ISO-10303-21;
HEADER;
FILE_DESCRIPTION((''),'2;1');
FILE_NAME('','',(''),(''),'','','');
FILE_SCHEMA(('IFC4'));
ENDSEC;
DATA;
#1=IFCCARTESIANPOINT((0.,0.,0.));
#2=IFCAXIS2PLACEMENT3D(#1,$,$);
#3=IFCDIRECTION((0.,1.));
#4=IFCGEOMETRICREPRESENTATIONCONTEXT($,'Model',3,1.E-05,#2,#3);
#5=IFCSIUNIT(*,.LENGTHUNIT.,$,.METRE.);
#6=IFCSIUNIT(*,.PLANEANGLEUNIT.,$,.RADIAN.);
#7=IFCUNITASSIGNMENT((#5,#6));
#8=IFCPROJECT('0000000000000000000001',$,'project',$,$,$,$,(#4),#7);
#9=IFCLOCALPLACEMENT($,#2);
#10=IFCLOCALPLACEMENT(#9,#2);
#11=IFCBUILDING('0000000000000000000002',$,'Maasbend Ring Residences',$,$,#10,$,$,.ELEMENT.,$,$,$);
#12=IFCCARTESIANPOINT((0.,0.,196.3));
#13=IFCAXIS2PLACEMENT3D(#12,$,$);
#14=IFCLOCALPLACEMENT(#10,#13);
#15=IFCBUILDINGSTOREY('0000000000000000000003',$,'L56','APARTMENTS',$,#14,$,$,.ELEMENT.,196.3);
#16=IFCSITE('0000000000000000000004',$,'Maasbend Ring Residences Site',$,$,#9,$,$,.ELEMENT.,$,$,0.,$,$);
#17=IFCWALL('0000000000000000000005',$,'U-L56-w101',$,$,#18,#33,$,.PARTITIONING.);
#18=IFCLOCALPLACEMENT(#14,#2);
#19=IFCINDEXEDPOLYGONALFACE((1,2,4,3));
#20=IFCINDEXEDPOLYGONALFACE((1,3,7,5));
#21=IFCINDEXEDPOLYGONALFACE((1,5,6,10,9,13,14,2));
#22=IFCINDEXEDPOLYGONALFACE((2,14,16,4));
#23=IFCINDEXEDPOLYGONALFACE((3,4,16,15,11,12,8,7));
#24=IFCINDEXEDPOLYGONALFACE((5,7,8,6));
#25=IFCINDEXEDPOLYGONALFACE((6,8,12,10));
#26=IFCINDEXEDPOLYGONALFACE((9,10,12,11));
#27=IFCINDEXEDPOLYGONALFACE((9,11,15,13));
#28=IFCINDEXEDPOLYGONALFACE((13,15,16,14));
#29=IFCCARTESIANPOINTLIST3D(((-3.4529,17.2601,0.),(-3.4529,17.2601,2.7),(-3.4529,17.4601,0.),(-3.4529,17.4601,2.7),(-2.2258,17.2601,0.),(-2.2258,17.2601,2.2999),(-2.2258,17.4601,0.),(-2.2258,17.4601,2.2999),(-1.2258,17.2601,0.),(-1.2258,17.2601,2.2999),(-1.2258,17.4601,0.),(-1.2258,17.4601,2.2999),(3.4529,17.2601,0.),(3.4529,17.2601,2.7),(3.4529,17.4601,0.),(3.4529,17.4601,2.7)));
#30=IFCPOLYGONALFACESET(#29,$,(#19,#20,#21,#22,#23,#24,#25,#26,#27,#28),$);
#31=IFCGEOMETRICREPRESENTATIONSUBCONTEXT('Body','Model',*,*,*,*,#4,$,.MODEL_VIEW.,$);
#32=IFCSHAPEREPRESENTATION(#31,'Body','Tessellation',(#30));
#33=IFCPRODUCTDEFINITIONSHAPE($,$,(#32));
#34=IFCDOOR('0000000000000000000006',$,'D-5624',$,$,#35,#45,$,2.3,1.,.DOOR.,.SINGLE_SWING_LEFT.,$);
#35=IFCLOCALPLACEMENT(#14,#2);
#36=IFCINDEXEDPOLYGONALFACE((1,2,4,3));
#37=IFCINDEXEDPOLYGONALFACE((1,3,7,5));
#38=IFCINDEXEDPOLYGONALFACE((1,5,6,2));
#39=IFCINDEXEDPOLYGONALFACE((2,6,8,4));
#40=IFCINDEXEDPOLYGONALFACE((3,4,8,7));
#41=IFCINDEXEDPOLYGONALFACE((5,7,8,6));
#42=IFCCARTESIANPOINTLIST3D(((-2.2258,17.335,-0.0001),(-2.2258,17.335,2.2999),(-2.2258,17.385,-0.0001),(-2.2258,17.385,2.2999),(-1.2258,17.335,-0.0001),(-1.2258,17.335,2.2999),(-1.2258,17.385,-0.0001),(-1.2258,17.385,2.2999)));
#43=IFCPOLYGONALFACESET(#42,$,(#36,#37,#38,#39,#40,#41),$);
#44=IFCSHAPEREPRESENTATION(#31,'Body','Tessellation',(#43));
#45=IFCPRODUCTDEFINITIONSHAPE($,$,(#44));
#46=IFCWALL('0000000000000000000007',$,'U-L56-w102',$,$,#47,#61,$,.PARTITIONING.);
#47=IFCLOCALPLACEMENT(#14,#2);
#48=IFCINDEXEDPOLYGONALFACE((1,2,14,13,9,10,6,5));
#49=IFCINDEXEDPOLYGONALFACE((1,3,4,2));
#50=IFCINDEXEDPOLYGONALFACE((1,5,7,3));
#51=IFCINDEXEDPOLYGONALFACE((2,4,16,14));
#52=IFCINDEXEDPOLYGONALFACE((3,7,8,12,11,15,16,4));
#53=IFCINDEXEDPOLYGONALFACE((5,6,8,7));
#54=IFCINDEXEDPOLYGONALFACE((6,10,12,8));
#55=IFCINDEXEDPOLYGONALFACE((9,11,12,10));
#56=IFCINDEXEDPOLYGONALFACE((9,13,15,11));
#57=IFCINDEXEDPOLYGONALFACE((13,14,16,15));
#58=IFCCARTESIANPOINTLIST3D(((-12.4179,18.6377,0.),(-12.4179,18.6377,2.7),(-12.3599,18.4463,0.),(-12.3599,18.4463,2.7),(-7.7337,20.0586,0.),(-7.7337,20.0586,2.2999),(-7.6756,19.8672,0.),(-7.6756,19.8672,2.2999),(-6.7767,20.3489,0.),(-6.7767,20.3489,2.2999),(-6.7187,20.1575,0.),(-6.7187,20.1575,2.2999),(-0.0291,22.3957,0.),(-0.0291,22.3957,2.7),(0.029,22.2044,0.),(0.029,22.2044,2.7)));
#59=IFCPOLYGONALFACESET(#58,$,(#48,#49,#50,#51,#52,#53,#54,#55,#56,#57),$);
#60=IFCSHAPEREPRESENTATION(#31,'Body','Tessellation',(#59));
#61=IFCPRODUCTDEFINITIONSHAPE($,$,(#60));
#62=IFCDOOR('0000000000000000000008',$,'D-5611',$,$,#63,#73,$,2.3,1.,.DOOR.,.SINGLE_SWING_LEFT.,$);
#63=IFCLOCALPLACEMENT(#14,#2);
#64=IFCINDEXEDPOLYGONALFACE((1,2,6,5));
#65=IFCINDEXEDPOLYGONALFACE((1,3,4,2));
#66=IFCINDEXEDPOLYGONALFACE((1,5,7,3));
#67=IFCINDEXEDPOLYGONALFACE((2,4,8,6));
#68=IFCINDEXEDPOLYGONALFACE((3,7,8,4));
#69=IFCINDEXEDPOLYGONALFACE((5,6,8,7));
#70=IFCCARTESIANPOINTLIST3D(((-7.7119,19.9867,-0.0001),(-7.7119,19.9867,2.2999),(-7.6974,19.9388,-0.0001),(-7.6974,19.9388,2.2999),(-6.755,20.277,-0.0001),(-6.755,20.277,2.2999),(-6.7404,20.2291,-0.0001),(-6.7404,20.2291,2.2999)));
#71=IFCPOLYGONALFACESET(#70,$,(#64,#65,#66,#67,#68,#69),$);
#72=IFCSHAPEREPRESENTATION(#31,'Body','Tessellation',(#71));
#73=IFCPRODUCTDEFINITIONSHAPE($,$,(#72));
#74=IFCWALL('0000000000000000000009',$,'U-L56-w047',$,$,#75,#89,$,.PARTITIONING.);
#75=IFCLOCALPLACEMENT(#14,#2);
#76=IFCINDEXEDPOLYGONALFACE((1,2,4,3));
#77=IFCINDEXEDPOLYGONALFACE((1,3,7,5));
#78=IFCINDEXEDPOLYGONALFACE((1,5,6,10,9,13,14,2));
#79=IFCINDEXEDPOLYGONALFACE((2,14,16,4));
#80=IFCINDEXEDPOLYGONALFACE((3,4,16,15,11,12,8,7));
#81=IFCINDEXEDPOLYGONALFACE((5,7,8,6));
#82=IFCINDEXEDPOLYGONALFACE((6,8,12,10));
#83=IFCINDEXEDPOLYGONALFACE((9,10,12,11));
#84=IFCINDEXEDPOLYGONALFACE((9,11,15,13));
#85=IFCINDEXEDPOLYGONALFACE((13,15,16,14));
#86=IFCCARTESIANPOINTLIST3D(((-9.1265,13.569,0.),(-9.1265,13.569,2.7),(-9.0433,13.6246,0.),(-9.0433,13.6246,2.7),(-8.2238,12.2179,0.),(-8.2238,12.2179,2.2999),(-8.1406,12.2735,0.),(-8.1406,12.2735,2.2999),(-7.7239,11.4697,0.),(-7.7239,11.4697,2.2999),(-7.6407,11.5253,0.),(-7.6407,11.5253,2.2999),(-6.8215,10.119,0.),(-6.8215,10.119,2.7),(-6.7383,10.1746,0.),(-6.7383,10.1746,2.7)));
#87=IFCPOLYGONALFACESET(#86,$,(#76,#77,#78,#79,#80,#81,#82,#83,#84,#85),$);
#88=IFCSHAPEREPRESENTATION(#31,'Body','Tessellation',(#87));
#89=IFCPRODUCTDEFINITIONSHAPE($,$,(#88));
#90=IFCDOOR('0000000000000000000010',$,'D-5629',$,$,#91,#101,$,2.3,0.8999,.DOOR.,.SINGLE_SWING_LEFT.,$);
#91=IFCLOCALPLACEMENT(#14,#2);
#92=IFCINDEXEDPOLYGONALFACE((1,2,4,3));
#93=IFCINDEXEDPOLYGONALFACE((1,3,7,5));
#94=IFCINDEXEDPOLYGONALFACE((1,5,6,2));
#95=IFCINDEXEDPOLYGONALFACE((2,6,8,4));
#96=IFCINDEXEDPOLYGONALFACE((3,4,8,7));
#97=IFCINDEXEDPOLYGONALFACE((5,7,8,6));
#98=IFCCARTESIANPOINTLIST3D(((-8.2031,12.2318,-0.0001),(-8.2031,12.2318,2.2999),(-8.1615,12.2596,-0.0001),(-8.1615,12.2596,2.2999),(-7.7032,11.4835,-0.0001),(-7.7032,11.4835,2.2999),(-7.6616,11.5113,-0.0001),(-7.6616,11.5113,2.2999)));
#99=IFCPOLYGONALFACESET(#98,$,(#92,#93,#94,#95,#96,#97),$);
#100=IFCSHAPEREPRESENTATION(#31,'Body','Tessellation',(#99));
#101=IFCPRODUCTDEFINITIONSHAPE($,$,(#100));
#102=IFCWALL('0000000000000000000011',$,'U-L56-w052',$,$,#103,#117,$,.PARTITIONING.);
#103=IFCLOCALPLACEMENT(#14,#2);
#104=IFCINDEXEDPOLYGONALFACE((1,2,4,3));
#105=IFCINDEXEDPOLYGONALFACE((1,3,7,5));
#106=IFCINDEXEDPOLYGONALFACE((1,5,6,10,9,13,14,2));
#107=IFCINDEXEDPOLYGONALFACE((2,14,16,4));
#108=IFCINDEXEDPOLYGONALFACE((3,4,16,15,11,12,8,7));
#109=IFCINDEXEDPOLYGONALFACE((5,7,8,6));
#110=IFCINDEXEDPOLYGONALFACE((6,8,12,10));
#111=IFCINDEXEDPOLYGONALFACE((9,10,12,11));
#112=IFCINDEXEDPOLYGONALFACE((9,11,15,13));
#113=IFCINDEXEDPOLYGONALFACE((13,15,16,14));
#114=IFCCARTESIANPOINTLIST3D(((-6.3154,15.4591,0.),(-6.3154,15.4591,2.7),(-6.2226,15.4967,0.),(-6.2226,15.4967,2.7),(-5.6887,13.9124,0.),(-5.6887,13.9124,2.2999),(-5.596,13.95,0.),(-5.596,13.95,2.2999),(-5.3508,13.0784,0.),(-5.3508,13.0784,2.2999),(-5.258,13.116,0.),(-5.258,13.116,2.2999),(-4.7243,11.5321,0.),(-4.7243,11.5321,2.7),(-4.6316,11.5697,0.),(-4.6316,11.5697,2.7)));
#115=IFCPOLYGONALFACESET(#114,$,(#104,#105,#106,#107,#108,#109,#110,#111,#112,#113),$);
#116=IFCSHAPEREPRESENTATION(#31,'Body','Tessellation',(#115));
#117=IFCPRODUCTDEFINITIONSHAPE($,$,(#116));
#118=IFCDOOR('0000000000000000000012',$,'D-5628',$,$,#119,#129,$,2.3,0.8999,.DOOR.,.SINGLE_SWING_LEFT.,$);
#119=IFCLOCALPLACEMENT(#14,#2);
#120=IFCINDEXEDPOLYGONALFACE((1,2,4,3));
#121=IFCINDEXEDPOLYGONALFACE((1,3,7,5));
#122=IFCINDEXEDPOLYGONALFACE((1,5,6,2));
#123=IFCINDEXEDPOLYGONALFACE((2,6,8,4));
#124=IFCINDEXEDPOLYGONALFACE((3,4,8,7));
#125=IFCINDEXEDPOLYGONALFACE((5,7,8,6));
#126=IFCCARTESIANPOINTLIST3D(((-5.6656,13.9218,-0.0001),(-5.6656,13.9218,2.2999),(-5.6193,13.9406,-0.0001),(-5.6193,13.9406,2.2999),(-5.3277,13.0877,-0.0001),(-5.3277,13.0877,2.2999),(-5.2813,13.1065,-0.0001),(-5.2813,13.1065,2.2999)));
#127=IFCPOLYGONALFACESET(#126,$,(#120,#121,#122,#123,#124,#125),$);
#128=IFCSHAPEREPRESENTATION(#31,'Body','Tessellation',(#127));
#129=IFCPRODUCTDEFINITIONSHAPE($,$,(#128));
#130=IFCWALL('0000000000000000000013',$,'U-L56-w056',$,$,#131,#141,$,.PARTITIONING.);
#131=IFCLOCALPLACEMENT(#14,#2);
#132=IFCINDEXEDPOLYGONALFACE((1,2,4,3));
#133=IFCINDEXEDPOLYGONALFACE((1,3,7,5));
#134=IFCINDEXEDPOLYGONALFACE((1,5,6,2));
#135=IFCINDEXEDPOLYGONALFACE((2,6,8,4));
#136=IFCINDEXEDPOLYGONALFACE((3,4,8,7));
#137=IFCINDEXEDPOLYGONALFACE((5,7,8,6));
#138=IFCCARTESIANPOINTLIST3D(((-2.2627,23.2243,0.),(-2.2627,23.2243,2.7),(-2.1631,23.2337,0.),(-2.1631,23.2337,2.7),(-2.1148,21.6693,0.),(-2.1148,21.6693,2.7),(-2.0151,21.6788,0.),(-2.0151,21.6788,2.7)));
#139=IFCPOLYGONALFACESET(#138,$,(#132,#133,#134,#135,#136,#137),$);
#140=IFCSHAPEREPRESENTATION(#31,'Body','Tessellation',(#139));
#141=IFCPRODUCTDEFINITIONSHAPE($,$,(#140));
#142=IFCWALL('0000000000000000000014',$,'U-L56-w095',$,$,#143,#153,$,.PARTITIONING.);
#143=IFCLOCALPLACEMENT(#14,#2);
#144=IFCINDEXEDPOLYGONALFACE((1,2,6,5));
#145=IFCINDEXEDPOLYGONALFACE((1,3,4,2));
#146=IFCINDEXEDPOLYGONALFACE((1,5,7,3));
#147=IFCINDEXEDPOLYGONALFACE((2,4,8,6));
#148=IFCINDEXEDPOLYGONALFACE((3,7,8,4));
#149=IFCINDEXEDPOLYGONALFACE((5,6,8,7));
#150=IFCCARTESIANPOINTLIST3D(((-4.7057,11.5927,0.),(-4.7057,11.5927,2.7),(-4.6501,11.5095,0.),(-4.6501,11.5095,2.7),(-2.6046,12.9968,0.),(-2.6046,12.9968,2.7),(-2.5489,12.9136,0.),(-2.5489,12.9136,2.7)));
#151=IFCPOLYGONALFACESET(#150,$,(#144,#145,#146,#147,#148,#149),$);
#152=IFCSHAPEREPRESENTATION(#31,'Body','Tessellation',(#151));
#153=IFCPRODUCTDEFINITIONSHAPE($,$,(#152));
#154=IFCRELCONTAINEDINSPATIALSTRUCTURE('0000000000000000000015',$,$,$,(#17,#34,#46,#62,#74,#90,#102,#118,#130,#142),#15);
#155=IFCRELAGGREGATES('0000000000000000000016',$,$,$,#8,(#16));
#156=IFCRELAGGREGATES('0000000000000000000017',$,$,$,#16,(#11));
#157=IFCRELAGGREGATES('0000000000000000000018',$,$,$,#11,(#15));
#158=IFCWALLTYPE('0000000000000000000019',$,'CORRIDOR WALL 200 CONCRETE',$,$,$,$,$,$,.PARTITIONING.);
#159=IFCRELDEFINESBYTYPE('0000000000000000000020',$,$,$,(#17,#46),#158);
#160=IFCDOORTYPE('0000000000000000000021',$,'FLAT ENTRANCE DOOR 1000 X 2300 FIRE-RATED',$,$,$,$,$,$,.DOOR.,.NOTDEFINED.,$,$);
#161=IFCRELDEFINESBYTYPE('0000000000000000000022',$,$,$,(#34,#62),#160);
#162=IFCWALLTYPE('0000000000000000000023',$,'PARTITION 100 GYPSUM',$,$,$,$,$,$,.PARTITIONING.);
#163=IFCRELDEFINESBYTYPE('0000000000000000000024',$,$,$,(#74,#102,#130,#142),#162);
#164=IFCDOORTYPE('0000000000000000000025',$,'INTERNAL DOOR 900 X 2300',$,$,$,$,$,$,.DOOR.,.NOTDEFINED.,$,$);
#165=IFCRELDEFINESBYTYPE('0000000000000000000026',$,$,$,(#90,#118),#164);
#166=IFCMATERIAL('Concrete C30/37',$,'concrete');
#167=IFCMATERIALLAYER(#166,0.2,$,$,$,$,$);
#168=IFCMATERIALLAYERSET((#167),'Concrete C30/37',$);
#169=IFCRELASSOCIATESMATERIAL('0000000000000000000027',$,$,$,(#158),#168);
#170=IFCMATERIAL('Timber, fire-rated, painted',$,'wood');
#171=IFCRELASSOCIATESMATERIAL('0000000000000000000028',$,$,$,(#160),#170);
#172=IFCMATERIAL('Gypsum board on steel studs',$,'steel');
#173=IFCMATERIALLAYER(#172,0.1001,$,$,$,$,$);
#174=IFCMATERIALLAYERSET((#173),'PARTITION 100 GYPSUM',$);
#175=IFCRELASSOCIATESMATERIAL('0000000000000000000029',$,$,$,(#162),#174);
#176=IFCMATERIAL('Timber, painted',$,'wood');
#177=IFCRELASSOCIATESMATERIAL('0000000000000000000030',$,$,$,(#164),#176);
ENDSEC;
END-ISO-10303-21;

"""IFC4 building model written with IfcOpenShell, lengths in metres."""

from ifc_helpers import new_model, si_unit, direction, frame, frame_2d, origin, place, context, subcontext, project, spatial, rectangle, extrude, material, layer, layer_set, type_object, element, fill, save


model = new_model("IFC4")

# Units and contexts
model_context = context("Model", 3, precision=1e-05, world=origin(), true_north=direction((0.0, 1.0)))
body_context = subcontext(model_context, "Body", "Model", "MODEL_VIEW")
ifc_project = project(units=[si_unit("LENGTHUNIT", "METRE"), si_unit("PLANEANGLEUNIT", "RADIAN")], contexts=[model_context])

# Site, building, storey
site_placement = place(None, origin())
site = spatial("IfcSite", under=ifc_project, at=site_placement, Name="Maasbend Ring Residences Site", CompositionType="ELEMENT", RefElevation=0.0)
building_placement = place(site_placement, origin())
building = spatial("IfcBuilding", under=site, at=building_placement, Name="Maasbend Ring Residences", CompositionType="ELEMENT")
storey_placement = place(building_placement, frame((0.0, 0.0, 196.3)))
storey = spatial("IfcBuildingStorey", under=building, at=storey_placement, Name="L56", Description="APARTMENTS", CompositionType="ELEMENT", Elevation=196.3)

# Walls, openings, doors
ifc_material_1 = material(Name="Concrete C30/37", Category="concrete")
ifc_layer_1 = layer(ifc_material_1, 0.2)
ifc_layer_set_1 = layer_set([ifc_layer_1], Name="Concrete C30/37")
wall_type_1 = type_object("IfcWallType", Name="CORRIDOR WALL 200 CONCRETE", PredefinedType="PARTITIONING", material=ifc_layer_set_1)
wall_1_placement = place(storey_placement, frame((-3.4529, 17.3601, 0.0), z_axis=(0.0, 0.0, 1.0), x_axis=(1.0, 0.0, 0.0)))
wall_1 = element("IfcWall", 1, at=wall_1_placement, inside=storey, type_object=wall_type_1, Name="U-L56-w101", PredefinedType="PARTITIONING", context=body_context, shape_type="SweptSolid", body=[
    extrude(rectangle(XDim=6.9058, YDim=0.2, at=frame_2d((3.4529, 0.0))), origin(), (0.0, 0.0, 1.0), 2.7),
])
opening_1_placement = place(wall_1_placement, frame((1.2271, 0.0, 0.0)))
opening_1 = element("IfcOpeningElement", 2, at=opening_1_placement, cuts=wall_1, PredefinedType="OPENING", context=body_context, shape_type="SweptSolid", body=[
    extrude(rectangle(XDim=1.0, YDim=2.3, at=frame_2d((0.5, 1.1499))), frame((0.0, 0.1099, 0.0), z_axis=(0.0, -1.0, 0.0), x_axis=(1.0, 0.0, 0.0)), (0.0, 0.0, 1.0), 0.22),
])
ifc_material_2 = material(Name="Timber, fire-rated, painted", Category="wood")
door_type_1 = type_object("IfcDoorType", Name="FLAT ENTRANCE DOOR 1000 X 2300 FIRE-RATED", OperationType="NOTDEFINED", PredefinedType="DOOR", material=ifc_material_2)
door_1_placement = place(opening_1_placement, origin())
door_1 = element("IfcDoor", 3, at=door_1_placement, inside=storey, type_object=door_type_1, Name="D-5624", OperationType="SINGLE_SWING_LEFT", OverallHeight=2.3, OverallWidth=1.0, PredefinedType="DOOR", context=body_context, shape_type="SweptSolid", body=[
    extrude(rectangle(XDim=1.0, YDim=2.3, at=frame_2d((0.5, 1.1499))), frame((0.0, 0.0249, 0.0), z_axis=(0.0, -1.0, 0.0), x_axis=(1.0, 0.0, 0.0)), (0.0, 0.0, 1.0), 0.05),
])
fill(opening_1, door_1)
wall_2_placement = place(storey_placement, frame((-12.3889, 18.542, 0.0), z_axis=(0.0, 0.0, 1.0), x_axis=(0.956942, 0.290279, 0.0)))
wall_2 = element("IfcWall", 4, at=wall_2_placement, inside=storey, type_object=wall_type_1, Name="U-L56-w102", PredefinedType="PARTITIONING", context=body_context, shape_type="SweptSolid", body=[
    extrude(rectangle(XDim=12.9463, YDim=0.2, at=frame_2d((6.4731, 0.0))), origin(), (0.0, 0.0, 1.0), 2.7),
])
opening_2_placement = place(wall_2_placement, frame((4.895, 0.0, 0.0)))
opening_2 = element("IfcOpeningElement", 5, at=opening_2_placement, cuts=wall_2, PredefinedType="OPENING", context=body_context, shape_type="SweptSolid", body=[
    extrude(rectangle(XDim=1.0, YDim=2.3, at=frame_2d((0.5, 1.1499))), frame((0.0, 0.1099, 0.0), z_axis=(0.0, -1.0, 0.0), x_axis=(1.0, 0.0, 0.0)), (0.0, 0.0, 1.0), 0.22),
])
door_2_placement = place(opening_2_placement, origin())
door_2 = element("IfcDoor", 6, at=door_2_placement, inside=storey, type_object=door_type_1, Name="D-5611", OperationType="SINGLE_SWING_LEFT", OverallHeight=2.3, OverallWidth=1.0, PredefinedType="DOOR", context=body_context, shape_type="SweptSolid", body=[
    extrude(rectangle(XDim=1.0, YDim=2.3, at=frame_2d((0.5, 1.1499))), frame((0.0, 0.0249, 0.0), z_axis=(0.0, -1.0, 0.0), x_axis=(1.0, 0.0, 0.0)), (0.0, 0.0, 1.0), 0.05),
])
fill(opening_2, door_2)
ifc_material_3 = material(Name="Gypsum board on steel studs", Category="steel")
ifc_layer_2 = layer(ifc_material_3, 0.1001)
ifc_layer_set_2 = layer_set([ifc_layer_2], Name="PARTITION 100 GYPSUM")
wall_type_2 = type_object("IfcWallType", Name="PARTITION 100 GYPSUM", PredefinedType="PARTITIONING", material=ifc_layer_set_2)
wall_3_placement = place(storey_placement, frame((-9.085, 13.5969, 0.0), z_axis=(0.0, 0.0, 1.0), x_axis=(0.555528, -0.831498, 0.0)))
wall_3 = element("IfcWall", 7, at=wall_3_placement, inside=storey, type_object=wall_type_2, Name="U-L56-w047", PredefinedType="PARTITIONING", context=body_context, shape_type="SweptSolid", body=[
    extrude(rectangle(XDim=4.1492, YDim=0.1001, at=frame_2d((2.0747, 0.0))), origin(), (0.0, 0.0, 1.0), 2.7),
])
opening_3_placement = place(wall_3_placement, frame((1.625, 0.0, 0.0)))
opening_3 = element("IfcOpeningElement", 8, at=opening_3_placement, cuts=wall_3, PredefinedType="OPENING", context=body_context, shape_type="SweptSolid", body=[
    extrude(rectangle(XDim=0.8999, YDim=2.3, at=frame_2d((0.45, 1.1499))), frame((0.0, 0.0601, 0.0), z_axis=(0.0, -1.0, 0.0), x_axis=(1.0, 0.0, 0.0)), (0.0, 0.0, 1.0), 0.1201),
])
ifc_material_4 = material(Name="Timber, painted", Category="wood")
door_type_2 = type_object("IfcDoorType", Name="INTERNAL DOOR 900 X 2300", OperationType="NOTDEFINED", PredefinedType="DOOR", material=ifc_material_4)
door_3_placement = place(opening_3_placement, origin())
door_3 = element("IfcDoor", 9, at=door_3_placement, inside=storey, type_object=door_type_2, Name="D-5629", OperationType="SINGLE_SWING_LEFT", OverallHeight=2.3, OverallWidth=0.8999, PredefinedType="DOOR", context=body_context, shape_type="SweptSolid", body=[
    extrude(rectangle(XDim=0.8999, YDim=2.3, at=frame_2d((0.45, 1.1499))), frame((0.0, 0.0249, 0.0), z_axis=(0.0, -1.0, 0.0), x_axis=(1.0, 0.0, 0.0)), (0.0, 0.0, 1.0), 0.05),
])
fill(opening_3, door_3)
wall_4_placement = place(storey_placement, frame((-6.269, 15.478, 0.0), z_axis=(0.0, 0.0, 1.0), x_axis=(0.37551, -0.926818, 0.0)))
wall_4 = element("IfcWall", 10, at=wall_4_placement, inside=storey, type_object=wall_type_2, Name="U-L56-w052", PredefinedType="PARTITIONING", context=body_context, shape_type="SweptSolid", body=[
    extrude(rectangle(XDim=4.2371, YDim=0.1001, at=frame_2d((2.1187, 0.0))), origin(), (0.0, 0.0, 1.0), 2.7),
])
opening_4_placement = place(wall_4_placement, frame((1.6689, 0.0, 0.0)))
opening_4 = element("IfcOpeningElement", 11, at=opening_4_placement, cuts=wall_4, PredefinedType="OPENING", context=body_context, shape_type="SweptSolid", body=[
    extrude(rectangle(XDim=0.8999, YDim=2.3, at=frame_2d((0.45, 1.1499))), frame((0.0, 0.0601, 0.0), z_axis=(0.0, -1.0, 0.0), x_axis=(1.0, 0.0, 0.0)), (0.0, 0.0, 1.0), 0.1201),
])
door_4_placement = place(opening_4_placement, origin())
door_4 = element("IfcDoor", 12, at=door_4_placement, inside=storey, type_object=door_type_2, Name="D-5628", OperationType="SINGLE_SWING_LEFT", OverallHeight=2.3, OverallWidth=0.8999, PredefinedType="DOOR", context=body_context, shape_type="SweptSolid", body=[
    extrude(rectangle(XDim=0.8999, YDim=2.3, at=frame_2d((0.45, 1.1499))), frame((0.0, 0.0249, 0.0), z_axis=(0.0, -1.0, 0.0), x_axis=(1.0, 0.0, 0.0)), (0.0, 0.0, 1.0), 0.05),
])
fill(opening_4, door_4)

# Walls
wall_5_placement = place(storey_placement, frame((-2.2129, 23.229, 0.0), z_axis=(0.0, 0.0, 1.0), x_axis=(0.094721, -0.995504, 0.0)))
element("IfcWall", 13, at=wall_5_placement, inside=storey, type_object=wall_type_2, Name="U-L56-w056", PredefinedType="PARTITIONING", context=body_context, shape_type="SweptSolid", body=[
    extrude(rectangle(XDim=1.562, YDim=0.1001, at=frame_2d((0.781, 0.0))), origin(), (0.0, 0.0, 1.0), 2.7),
])
wall_6_placement = place(storey_placement, frame((-4.678, 11.551, 0.0), z_axis=(0.0, 0.0, 1.0), x_axis=(0.83144, 0.555614, 0.0)))
element("IfcWall", 14, at=wall_6_placement, inside=storey, type_object=wall_type_2, Name="U-L56-w095", PredefinedType="PARTITIONING", context=body_context, shape_type="SweptSolid", body=[
    extrude(rectangle(XDim=2.5271, YDim=0.1001, at=frame_2d((1.2637, 0.0))), origin(), (0.0, 0.0, 1.0), 2.7),
])

save(model, "model.ifc")
